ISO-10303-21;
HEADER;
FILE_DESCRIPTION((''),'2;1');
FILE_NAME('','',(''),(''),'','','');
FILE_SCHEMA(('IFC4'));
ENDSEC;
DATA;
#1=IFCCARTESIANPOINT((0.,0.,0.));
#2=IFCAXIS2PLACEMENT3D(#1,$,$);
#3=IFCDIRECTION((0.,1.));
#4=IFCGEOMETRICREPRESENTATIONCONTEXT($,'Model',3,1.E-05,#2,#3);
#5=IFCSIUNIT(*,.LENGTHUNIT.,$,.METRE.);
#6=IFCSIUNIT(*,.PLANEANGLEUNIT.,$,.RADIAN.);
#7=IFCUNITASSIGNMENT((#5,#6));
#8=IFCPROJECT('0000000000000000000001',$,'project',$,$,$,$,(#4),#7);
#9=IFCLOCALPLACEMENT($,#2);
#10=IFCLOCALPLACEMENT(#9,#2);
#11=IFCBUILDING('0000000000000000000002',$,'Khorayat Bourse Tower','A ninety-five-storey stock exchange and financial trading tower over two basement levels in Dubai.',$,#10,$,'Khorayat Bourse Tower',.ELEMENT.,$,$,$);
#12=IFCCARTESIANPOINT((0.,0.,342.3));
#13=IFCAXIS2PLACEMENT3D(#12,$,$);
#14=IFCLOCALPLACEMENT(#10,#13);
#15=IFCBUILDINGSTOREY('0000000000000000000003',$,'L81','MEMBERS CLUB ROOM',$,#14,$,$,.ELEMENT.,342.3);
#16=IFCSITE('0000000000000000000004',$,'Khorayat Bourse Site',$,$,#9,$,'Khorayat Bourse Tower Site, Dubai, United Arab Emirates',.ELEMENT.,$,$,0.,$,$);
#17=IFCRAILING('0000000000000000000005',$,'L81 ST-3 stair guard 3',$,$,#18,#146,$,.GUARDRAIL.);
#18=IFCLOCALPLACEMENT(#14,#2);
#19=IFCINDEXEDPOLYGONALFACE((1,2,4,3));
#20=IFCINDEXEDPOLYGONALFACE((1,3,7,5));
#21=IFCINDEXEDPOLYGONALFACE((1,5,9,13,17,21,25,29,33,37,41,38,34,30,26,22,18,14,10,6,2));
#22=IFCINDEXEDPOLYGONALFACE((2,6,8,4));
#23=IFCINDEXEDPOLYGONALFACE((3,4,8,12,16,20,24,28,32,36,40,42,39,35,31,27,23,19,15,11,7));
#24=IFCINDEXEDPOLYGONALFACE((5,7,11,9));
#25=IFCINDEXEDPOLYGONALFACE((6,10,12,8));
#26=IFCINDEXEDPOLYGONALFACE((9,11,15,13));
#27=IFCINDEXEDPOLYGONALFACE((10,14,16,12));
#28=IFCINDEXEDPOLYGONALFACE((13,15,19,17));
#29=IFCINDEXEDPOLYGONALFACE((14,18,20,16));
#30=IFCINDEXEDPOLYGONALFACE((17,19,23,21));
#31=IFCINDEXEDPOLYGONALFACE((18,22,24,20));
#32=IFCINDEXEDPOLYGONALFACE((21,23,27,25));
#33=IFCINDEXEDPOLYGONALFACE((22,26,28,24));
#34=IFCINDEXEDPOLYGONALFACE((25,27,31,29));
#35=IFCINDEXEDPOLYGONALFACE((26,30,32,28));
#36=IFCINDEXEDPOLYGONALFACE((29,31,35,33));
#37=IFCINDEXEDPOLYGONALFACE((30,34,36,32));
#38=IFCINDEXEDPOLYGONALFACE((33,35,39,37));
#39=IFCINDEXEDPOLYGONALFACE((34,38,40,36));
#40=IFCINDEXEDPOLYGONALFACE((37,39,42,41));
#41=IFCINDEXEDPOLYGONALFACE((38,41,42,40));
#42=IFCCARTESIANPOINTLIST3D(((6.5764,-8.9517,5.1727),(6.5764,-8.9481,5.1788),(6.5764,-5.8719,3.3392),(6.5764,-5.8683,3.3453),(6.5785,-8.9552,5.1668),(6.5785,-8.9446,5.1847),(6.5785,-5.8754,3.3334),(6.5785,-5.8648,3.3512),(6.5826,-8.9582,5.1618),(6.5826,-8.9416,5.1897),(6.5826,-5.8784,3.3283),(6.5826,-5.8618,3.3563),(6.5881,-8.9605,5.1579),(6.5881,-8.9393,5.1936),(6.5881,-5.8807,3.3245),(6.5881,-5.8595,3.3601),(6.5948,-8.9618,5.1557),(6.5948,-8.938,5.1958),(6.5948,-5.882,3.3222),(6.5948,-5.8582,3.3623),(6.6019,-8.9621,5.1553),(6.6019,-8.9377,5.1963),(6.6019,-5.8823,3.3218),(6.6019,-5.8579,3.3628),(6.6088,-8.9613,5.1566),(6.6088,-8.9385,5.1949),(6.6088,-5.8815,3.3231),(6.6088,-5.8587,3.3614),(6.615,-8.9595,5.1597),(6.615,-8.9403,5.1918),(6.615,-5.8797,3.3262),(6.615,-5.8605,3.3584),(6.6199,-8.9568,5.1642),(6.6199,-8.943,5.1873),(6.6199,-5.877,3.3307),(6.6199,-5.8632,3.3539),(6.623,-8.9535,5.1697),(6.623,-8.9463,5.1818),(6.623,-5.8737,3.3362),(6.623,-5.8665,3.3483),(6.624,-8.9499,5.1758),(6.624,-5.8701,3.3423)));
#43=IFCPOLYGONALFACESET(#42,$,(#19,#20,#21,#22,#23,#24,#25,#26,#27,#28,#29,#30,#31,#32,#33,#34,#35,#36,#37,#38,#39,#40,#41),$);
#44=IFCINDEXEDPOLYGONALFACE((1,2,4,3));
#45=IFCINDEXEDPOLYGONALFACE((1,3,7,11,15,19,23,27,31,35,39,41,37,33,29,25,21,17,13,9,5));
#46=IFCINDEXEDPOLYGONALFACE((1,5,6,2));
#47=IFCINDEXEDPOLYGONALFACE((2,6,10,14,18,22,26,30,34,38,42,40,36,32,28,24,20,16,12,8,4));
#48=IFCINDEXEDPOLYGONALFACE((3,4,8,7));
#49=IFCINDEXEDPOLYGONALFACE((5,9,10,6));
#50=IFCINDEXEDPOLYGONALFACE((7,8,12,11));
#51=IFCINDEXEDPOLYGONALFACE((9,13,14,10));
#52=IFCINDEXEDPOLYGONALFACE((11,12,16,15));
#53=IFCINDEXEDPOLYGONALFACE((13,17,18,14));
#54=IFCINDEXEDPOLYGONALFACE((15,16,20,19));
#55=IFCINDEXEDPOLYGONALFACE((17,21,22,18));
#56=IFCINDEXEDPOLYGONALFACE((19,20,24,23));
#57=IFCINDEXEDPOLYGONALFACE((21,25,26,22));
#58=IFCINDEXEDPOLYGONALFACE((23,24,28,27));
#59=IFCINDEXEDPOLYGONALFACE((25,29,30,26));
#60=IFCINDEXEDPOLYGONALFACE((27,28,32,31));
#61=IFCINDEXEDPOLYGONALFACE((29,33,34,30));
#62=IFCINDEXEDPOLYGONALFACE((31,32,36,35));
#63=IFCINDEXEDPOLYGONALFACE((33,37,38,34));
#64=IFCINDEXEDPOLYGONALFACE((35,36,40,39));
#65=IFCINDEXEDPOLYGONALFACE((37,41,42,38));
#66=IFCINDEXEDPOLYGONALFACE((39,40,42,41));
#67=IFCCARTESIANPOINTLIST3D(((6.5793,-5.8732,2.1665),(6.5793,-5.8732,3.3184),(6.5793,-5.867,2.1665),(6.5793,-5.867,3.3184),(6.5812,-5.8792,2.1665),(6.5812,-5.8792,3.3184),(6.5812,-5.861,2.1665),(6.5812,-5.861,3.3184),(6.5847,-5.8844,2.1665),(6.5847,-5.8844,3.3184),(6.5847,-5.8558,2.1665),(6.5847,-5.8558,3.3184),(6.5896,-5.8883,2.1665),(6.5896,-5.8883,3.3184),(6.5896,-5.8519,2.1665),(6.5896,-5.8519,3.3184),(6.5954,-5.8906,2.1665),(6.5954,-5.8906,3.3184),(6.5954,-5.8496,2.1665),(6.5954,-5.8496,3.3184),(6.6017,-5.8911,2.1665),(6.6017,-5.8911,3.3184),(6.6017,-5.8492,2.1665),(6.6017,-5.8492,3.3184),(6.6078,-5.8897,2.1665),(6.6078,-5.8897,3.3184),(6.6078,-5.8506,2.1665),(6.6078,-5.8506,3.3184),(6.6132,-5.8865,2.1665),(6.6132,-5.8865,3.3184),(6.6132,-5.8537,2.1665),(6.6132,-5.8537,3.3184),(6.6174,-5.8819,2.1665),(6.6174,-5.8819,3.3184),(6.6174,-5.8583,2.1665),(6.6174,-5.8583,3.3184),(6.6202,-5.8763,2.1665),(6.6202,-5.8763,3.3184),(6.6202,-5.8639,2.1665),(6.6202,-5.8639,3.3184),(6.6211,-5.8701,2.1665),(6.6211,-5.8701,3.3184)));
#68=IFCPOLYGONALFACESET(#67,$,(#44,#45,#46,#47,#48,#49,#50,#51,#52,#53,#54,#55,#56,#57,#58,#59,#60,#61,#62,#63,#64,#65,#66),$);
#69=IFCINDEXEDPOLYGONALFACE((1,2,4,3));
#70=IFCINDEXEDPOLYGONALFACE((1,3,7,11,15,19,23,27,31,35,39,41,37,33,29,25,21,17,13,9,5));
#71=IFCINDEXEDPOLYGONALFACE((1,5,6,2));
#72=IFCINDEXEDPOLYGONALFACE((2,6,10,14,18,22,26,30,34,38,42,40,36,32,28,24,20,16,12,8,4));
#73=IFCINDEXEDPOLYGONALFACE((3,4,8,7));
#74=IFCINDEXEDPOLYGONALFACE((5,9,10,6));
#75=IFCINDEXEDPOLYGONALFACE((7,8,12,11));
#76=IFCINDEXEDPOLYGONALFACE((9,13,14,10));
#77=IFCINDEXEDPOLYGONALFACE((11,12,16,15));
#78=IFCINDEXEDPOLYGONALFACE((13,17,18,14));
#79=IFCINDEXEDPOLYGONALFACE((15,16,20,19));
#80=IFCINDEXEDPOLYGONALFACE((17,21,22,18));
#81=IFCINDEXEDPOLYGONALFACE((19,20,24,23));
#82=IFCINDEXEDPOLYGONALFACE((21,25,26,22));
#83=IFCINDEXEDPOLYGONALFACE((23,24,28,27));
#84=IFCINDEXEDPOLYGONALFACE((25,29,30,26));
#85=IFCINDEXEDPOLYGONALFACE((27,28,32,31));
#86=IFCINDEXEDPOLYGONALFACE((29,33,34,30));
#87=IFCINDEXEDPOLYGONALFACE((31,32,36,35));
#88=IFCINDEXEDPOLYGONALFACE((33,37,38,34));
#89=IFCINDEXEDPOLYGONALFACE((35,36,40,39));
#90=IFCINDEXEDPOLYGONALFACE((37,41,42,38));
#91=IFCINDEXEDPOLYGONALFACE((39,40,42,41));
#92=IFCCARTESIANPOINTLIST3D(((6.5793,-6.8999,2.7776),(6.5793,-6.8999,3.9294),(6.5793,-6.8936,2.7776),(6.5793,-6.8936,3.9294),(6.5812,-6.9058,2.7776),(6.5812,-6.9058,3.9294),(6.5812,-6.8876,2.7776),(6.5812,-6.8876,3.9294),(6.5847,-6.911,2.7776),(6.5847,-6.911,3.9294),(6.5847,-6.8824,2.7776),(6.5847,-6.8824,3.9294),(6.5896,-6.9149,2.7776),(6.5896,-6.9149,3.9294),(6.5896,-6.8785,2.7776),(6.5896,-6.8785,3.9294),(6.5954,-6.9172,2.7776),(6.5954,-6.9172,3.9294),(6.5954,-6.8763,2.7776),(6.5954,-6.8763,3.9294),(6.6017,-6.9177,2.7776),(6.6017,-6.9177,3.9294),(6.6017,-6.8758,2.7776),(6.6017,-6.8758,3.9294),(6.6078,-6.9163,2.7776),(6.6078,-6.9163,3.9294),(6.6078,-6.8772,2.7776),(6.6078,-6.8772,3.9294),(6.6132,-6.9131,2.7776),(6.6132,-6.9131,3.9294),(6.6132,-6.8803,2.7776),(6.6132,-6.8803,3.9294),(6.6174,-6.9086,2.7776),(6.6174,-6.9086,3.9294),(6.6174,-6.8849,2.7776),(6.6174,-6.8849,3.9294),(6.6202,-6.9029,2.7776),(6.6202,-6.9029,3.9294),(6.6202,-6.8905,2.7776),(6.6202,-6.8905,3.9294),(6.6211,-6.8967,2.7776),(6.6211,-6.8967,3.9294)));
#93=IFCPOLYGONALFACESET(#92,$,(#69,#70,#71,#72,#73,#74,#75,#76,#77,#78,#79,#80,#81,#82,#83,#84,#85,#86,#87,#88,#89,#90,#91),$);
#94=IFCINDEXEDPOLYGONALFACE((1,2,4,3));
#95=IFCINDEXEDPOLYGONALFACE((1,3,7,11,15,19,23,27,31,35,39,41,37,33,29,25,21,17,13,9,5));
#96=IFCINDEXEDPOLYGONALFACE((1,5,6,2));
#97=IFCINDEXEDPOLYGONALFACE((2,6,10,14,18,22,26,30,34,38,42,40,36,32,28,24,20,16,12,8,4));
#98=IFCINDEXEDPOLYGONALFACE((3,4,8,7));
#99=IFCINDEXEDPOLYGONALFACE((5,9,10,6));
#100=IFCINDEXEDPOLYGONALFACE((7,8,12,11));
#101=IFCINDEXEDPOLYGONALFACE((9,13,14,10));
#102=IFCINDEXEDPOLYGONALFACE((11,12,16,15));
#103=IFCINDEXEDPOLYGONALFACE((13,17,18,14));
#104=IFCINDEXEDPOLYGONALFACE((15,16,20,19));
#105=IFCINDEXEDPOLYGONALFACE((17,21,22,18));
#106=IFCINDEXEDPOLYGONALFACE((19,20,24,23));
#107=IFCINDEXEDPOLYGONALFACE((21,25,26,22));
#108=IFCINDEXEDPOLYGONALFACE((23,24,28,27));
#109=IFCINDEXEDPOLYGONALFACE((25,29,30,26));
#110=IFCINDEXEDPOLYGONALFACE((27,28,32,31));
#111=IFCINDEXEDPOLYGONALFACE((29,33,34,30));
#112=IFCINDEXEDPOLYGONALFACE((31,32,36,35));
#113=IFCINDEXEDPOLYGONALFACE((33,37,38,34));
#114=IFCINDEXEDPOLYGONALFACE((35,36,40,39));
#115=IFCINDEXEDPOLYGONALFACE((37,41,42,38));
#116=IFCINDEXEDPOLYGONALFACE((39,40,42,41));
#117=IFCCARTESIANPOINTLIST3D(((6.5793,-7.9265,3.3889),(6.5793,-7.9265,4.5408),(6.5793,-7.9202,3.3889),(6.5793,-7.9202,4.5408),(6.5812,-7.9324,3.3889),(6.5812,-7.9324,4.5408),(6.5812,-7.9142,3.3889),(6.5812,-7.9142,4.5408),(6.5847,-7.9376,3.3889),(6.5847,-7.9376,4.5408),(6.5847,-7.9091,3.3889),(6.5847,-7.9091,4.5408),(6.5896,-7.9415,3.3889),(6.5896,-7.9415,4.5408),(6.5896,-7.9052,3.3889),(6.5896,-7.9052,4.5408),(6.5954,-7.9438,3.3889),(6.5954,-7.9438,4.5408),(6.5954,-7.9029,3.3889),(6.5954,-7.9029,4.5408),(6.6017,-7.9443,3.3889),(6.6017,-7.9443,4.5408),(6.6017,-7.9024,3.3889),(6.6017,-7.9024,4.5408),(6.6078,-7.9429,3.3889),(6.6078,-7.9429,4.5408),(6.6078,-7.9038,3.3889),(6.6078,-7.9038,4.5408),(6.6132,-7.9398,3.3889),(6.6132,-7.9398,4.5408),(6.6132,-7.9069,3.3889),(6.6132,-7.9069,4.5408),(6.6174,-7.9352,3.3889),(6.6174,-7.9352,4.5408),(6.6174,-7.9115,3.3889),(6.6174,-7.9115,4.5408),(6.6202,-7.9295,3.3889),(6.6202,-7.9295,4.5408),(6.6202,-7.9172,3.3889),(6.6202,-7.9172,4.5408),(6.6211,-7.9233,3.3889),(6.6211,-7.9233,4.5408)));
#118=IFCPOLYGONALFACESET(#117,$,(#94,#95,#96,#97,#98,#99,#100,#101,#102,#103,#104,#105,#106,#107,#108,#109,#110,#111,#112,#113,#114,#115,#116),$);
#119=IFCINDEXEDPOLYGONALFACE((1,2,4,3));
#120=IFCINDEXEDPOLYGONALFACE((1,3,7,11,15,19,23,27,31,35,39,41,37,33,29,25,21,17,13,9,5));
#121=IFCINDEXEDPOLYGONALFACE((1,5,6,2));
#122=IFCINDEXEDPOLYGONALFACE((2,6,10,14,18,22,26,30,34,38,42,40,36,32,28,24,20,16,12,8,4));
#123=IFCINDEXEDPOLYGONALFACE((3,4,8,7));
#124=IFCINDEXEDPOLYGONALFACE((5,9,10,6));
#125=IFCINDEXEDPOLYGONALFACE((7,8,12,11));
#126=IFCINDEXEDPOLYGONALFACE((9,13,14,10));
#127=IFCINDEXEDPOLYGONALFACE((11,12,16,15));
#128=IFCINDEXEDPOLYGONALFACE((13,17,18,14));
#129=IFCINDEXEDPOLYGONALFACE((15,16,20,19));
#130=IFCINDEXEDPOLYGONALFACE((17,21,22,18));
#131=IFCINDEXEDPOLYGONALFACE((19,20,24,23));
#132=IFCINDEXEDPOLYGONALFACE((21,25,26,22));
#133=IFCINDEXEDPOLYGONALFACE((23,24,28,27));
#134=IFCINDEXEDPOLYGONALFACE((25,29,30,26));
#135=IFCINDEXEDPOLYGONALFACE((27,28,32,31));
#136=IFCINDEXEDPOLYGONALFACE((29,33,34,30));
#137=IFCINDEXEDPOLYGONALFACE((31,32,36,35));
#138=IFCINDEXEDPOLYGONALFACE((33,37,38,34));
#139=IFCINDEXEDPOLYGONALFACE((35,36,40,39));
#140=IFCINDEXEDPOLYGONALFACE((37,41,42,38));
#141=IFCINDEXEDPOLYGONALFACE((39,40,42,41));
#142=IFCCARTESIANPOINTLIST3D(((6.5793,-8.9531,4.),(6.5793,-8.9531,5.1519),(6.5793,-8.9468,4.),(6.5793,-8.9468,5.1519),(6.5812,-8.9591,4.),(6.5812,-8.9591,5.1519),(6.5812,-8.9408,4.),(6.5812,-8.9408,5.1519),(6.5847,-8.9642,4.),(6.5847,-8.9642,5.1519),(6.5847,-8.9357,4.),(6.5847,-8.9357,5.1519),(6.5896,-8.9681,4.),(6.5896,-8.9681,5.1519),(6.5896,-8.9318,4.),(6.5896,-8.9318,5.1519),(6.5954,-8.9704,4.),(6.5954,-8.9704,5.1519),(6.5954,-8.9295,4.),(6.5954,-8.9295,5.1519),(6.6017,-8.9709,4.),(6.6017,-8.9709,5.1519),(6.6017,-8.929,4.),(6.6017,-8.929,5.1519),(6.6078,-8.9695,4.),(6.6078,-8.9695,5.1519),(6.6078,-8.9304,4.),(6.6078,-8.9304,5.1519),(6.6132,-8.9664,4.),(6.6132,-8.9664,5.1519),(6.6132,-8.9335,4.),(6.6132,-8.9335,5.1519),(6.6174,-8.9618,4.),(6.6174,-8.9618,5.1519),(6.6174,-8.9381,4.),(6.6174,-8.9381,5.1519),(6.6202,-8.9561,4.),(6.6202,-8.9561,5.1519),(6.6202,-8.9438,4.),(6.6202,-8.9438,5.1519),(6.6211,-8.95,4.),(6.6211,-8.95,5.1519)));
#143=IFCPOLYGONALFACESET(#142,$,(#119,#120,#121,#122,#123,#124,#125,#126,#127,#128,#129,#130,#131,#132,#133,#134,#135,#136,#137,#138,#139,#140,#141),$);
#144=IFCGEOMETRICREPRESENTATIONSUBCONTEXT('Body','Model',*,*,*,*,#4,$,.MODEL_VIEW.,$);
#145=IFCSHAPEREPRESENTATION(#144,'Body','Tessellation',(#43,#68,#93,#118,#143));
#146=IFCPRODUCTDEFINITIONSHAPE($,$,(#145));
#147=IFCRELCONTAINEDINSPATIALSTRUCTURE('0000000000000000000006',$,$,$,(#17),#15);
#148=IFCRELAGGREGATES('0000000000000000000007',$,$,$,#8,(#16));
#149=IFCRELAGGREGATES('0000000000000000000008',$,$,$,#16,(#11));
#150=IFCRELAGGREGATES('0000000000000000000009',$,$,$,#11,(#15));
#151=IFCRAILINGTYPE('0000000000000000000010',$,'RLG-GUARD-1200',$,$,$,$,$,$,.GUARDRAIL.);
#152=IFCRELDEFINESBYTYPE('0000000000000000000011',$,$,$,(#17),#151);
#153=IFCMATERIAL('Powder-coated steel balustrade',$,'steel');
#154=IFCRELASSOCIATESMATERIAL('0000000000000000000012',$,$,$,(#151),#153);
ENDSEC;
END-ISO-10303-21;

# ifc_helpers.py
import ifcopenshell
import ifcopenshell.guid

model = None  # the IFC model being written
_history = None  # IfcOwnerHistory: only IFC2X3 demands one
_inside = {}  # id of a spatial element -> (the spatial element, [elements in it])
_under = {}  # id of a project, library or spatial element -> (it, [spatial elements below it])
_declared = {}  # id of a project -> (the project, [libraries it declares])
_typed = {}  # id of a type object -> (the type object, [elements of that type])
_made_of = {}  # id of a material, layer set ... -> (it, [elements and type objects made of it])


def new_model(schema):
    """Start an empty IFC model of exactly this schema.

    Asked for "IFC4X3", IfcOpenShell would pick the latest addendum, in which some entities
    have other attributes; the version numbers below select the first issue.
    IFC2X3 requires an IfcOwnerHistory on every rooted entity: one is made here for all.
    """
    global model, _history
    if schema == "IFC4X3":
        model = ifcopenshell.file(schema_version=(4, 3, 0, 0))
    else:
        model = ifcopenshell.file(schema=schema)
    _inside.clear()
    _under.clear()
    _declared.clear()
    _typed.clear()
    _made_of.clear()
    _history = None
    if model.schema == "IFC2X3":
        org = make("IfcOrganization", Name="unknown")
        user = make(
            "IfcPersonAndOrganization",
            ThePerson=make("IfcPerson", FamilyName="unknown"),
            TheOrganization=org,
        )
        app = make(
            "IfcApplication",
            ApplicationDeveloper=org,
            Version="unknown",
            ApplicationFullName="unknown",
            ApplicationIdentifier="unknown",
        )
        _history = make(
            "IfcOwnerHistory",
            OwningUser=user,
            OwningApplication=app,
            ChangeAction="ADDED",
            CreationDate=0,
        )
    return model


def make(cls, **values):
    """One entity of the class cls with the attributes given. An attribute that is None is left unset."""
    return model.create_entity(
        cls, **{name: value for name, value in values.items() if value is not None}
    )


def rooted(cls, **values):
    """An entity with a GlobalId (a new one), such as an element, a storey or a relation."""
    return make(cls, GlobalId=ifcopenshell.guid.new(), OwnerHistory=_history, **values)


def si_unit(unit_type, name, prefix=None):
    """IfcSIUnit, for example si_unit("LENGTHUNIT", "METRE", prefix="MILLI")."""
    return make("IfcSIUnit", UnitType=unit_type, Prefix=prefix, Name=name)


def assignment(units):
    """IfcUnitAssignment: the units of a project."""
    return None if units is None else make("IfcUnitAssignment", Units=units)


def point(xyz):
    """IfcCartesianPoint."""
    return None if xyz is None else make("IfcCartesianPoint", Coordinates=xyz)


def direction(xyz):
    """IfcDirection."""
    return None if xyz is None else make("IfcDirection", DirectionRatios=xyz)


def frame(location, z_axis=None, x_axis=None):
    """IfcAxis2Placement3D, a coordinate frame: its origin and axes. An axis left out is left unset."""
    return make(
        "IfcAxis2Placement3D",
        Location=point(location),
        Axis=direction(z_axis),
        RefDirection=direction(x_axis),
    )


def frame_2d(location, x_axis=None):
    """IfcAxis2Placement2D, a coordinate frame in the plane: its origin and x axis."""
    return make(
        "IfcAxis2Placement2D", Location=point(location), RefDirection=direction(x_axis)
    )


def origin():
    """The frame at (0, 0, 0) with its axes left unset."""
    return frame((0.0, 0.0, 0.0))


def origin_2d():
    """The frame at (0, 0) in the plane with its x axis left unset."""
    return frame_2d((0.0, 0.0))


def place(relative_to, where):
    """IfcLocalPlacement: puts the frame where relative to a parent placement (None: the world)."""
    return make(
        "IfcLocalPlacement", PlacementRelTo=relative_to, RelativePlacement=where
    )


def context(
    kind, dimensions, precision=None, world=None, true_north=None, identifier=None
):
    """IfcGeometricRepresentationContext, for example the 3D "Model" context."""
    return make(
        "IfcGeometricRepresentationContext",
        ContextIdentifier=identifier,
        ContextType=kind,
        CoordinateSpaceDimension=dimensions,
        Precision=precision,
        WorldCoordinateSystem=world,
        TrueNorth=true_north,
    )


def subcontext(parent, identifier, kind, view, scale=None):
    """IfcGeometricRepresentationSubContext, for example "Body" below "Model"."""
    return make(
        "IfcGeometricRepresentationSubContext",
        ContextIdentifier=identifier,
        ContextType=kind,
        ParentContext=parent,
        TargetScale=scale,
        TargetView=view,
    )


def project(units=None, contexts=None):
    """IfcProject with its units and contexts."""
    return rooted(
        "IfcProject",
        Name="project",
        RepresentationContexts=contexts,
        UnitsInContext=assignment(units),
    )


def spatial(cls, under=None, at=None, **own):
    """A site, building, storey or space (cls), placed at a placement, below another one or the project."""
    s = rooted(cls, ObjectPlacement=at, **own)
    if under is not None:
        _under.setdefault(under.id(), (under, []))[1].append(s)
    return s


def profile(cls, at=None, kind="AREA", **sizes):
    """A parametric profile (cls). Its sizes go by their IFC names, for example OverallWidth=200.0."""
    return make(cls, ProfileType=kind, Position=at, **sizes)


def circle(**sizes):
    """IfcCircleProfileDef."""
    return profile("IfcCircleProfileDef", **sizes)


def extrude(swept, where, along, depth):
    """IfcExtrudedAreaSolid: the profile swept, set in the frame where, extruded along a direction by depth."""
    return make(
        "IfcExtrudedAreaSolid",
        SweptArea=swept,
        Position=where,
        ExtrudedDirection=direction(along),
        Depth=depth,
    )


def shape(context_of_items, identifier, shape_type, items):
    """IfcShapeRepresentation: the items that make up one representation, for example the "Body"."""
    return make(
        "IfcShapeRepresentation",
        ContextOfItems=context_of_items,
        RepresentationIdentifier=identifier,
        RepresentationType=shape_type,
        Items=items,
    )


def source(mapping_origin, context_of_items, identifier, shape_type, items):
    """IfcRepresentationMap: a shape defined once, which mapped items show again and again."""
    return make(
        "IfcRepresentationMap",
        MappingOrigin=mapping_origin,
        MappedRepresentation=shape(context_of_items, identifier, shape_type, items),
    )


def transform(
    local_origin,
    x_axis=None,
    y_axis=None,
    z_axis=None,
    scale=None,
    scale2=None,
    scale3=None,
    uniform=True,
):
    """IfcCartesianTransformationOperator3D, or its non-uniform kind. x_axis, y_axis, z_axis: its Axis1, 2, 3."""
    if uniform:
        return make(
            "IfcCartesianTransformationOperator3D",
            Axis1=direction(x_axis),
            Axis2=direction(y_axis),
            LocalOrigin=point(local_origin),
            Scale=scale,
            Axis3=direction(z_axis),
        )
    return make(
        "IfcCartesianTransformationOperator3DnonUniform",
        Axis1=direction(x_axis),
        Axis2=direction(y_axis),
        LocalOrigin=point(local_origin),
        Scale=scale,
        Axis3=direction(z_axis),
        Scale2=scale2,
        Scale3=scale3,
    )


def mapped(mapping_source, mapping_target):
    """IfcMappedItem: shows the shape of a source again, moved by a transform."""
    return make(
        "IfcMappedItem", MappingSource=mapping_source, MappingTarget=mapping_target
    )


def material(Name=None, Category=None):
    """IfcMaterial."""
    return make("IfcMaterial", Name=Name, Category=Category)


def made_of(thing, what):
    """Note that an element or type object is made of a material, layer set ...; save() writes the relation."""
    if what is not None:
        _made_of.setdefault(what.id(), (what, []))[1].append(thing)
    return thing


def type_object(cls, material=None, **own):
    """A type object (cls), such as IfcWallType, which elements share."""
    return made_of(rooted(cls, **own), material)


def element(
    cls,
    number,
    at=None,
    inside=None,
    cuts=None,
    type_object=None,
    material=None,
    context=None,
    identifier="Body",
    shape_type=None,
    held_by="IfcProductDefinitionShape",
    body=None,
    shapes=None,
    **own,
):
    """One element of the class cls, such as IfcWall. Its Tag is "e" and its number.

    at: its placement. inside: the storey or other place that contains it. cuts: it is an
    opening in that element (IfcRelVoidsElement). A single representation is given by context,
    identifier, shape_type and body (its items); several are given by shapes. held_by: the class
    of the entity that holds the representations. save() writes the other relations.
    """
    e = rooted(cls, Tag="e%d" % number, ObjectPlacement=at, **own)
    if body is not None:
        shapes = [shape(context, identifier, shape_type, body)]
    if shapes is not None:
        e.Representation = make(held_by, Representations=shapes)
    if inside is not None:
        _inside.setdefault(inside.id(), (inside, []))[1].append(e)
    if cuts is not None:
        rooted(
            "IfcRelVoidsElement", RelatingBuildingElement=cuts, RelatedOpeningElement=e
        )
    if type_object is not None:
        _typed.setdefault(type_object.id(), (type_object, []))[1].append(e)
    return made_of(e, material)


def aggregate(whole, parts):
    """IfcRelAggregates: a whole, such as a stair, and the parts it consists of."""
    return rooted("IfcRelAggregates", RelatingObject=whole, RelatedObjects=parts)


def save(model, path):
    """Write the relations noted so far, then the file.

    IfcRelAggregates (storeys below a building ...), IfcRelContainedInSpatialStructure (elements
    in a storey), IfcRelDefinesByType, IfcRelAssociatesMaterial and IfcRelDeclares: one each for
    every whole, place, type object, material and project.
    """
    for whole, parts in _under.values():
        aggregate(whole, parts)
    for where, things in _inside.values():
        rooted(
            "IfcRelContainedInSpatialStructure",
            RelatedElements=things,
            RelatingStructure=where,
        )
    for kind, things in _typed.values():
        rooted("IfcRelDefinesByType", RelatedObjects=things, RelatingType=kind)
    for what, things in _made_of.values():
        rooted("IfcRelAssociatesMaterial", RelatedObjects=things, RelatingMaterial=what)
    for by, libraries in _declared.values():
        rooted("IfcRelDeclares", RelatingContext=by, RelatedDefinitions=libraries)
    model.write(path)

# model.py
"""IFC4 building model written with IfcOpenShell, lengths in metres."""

from ifc_helpers import new_model, si_unit, direction, frame, origin, origin_2d, place, context, subcontext, project, spatial, circle, extrude, source, transform, mapped, material, type_object, element, save


model = new_model("IFC4")

# Units and contexts
model_context = context("Model", 3, precision=1e-05, world=origin(), true_north=direction((0.0, 1.0)))
body_context = subcontext(model_context, "Body", "Model", "MODEL_VIEW")
ifc_project = project(units=[si_unit("LENGTHUNIT", "METRE"), si_unit("PLANEANGLEUNIT", "RADIAN")], contexts=[model_context])

# Site, building, storey
site_placement = place(None, origin())
site = spatial("IfcSite", under=ifc_project, at=site_placement, Name="Khorayat Bourse Site", LongName="Khorayat Bourse Tower Site, Dubai, United Arab Emirates", CompositionType="ELEMENT", RefElevation=0.0)
building_placement = place(site_placement, origin())
building = spatial("IfcBuilding", under=site, at=building_placement, Name="Khorayat Bourse Tower", Description="A ninety-five-storey stock exchange and financial trading tower over two basement levels in Dubai.", LongName="Khorayat Bourse Tower", CompositionType="ELEMENT")
storey_placement = place(building_placement, frame((0.0, 0.0, 342.3)))
storey = spatial("IfcBuildingStorey", under=building, at=storey_placement, Name="L81", Description="MEMBERS CLUB ROOM", CompositionType="ELEMENT", Elevation=342.3)

# Railing
ifc_material_1 = material(Name="Powder-coated steel balustrade", Category="steel")
railing_type_1 = type_object("IfcRailingType", Name="RLG-GUARD-1200", PredefinedType="GUARDRAIL", material=ifc_material_1)
shared_shape_1 = source(origin(), body_context, "Body", "SweptSolid", [
    extrude(circle(Radius=0.0239, at=origin_2d()), frame((0.0, 0.0, 1.1758), z_axis=(0.0, -0.859261, 0.511538), x_axis=(1.0, 0.0, 0.0)), (0.0, 0.0, 1.0), 3.5842),
    extrude(circle(Radius=0.021, at=origin_2d()), origin(), (0.0, 0.0, 1.0), 1.1519),
    extrude(circle(Radius=0.021, at=origin_2d()), frame((0.0, -1.0266, 0.6111)), (0.0, 0.0, 1.0), 1.1519),
    extrude(circle(Radius=0.021, at=origin_2d()), frame((0.0, -2.0532, 1.2224)), (0.0, 0.0, 1.0), 1.1519),
    extrude(circle(Radius=0.021, at=origin_2d()), frame((0.0, -3.0798, 1.8335)), (0.0, 0.0, 1.0), 1.1519),
])
railing_1_placement = place(storey_placement, frame((6.6001, -5.8701, 2.1665)))
element("IfcRailing", 1, at=railing_1_placement, inside=storey, type_object=railing_type_1, Name="L81 ST-3 stair guard 3", PredefinedType="GUARDRAIL", context=body_context, shape_type="MappedRepresentation", body=[
    mapped(shared_shape_1, transform((0.0, 0.0, 0.0), scale=1.0)),
])

save(model, "model.ifc")
